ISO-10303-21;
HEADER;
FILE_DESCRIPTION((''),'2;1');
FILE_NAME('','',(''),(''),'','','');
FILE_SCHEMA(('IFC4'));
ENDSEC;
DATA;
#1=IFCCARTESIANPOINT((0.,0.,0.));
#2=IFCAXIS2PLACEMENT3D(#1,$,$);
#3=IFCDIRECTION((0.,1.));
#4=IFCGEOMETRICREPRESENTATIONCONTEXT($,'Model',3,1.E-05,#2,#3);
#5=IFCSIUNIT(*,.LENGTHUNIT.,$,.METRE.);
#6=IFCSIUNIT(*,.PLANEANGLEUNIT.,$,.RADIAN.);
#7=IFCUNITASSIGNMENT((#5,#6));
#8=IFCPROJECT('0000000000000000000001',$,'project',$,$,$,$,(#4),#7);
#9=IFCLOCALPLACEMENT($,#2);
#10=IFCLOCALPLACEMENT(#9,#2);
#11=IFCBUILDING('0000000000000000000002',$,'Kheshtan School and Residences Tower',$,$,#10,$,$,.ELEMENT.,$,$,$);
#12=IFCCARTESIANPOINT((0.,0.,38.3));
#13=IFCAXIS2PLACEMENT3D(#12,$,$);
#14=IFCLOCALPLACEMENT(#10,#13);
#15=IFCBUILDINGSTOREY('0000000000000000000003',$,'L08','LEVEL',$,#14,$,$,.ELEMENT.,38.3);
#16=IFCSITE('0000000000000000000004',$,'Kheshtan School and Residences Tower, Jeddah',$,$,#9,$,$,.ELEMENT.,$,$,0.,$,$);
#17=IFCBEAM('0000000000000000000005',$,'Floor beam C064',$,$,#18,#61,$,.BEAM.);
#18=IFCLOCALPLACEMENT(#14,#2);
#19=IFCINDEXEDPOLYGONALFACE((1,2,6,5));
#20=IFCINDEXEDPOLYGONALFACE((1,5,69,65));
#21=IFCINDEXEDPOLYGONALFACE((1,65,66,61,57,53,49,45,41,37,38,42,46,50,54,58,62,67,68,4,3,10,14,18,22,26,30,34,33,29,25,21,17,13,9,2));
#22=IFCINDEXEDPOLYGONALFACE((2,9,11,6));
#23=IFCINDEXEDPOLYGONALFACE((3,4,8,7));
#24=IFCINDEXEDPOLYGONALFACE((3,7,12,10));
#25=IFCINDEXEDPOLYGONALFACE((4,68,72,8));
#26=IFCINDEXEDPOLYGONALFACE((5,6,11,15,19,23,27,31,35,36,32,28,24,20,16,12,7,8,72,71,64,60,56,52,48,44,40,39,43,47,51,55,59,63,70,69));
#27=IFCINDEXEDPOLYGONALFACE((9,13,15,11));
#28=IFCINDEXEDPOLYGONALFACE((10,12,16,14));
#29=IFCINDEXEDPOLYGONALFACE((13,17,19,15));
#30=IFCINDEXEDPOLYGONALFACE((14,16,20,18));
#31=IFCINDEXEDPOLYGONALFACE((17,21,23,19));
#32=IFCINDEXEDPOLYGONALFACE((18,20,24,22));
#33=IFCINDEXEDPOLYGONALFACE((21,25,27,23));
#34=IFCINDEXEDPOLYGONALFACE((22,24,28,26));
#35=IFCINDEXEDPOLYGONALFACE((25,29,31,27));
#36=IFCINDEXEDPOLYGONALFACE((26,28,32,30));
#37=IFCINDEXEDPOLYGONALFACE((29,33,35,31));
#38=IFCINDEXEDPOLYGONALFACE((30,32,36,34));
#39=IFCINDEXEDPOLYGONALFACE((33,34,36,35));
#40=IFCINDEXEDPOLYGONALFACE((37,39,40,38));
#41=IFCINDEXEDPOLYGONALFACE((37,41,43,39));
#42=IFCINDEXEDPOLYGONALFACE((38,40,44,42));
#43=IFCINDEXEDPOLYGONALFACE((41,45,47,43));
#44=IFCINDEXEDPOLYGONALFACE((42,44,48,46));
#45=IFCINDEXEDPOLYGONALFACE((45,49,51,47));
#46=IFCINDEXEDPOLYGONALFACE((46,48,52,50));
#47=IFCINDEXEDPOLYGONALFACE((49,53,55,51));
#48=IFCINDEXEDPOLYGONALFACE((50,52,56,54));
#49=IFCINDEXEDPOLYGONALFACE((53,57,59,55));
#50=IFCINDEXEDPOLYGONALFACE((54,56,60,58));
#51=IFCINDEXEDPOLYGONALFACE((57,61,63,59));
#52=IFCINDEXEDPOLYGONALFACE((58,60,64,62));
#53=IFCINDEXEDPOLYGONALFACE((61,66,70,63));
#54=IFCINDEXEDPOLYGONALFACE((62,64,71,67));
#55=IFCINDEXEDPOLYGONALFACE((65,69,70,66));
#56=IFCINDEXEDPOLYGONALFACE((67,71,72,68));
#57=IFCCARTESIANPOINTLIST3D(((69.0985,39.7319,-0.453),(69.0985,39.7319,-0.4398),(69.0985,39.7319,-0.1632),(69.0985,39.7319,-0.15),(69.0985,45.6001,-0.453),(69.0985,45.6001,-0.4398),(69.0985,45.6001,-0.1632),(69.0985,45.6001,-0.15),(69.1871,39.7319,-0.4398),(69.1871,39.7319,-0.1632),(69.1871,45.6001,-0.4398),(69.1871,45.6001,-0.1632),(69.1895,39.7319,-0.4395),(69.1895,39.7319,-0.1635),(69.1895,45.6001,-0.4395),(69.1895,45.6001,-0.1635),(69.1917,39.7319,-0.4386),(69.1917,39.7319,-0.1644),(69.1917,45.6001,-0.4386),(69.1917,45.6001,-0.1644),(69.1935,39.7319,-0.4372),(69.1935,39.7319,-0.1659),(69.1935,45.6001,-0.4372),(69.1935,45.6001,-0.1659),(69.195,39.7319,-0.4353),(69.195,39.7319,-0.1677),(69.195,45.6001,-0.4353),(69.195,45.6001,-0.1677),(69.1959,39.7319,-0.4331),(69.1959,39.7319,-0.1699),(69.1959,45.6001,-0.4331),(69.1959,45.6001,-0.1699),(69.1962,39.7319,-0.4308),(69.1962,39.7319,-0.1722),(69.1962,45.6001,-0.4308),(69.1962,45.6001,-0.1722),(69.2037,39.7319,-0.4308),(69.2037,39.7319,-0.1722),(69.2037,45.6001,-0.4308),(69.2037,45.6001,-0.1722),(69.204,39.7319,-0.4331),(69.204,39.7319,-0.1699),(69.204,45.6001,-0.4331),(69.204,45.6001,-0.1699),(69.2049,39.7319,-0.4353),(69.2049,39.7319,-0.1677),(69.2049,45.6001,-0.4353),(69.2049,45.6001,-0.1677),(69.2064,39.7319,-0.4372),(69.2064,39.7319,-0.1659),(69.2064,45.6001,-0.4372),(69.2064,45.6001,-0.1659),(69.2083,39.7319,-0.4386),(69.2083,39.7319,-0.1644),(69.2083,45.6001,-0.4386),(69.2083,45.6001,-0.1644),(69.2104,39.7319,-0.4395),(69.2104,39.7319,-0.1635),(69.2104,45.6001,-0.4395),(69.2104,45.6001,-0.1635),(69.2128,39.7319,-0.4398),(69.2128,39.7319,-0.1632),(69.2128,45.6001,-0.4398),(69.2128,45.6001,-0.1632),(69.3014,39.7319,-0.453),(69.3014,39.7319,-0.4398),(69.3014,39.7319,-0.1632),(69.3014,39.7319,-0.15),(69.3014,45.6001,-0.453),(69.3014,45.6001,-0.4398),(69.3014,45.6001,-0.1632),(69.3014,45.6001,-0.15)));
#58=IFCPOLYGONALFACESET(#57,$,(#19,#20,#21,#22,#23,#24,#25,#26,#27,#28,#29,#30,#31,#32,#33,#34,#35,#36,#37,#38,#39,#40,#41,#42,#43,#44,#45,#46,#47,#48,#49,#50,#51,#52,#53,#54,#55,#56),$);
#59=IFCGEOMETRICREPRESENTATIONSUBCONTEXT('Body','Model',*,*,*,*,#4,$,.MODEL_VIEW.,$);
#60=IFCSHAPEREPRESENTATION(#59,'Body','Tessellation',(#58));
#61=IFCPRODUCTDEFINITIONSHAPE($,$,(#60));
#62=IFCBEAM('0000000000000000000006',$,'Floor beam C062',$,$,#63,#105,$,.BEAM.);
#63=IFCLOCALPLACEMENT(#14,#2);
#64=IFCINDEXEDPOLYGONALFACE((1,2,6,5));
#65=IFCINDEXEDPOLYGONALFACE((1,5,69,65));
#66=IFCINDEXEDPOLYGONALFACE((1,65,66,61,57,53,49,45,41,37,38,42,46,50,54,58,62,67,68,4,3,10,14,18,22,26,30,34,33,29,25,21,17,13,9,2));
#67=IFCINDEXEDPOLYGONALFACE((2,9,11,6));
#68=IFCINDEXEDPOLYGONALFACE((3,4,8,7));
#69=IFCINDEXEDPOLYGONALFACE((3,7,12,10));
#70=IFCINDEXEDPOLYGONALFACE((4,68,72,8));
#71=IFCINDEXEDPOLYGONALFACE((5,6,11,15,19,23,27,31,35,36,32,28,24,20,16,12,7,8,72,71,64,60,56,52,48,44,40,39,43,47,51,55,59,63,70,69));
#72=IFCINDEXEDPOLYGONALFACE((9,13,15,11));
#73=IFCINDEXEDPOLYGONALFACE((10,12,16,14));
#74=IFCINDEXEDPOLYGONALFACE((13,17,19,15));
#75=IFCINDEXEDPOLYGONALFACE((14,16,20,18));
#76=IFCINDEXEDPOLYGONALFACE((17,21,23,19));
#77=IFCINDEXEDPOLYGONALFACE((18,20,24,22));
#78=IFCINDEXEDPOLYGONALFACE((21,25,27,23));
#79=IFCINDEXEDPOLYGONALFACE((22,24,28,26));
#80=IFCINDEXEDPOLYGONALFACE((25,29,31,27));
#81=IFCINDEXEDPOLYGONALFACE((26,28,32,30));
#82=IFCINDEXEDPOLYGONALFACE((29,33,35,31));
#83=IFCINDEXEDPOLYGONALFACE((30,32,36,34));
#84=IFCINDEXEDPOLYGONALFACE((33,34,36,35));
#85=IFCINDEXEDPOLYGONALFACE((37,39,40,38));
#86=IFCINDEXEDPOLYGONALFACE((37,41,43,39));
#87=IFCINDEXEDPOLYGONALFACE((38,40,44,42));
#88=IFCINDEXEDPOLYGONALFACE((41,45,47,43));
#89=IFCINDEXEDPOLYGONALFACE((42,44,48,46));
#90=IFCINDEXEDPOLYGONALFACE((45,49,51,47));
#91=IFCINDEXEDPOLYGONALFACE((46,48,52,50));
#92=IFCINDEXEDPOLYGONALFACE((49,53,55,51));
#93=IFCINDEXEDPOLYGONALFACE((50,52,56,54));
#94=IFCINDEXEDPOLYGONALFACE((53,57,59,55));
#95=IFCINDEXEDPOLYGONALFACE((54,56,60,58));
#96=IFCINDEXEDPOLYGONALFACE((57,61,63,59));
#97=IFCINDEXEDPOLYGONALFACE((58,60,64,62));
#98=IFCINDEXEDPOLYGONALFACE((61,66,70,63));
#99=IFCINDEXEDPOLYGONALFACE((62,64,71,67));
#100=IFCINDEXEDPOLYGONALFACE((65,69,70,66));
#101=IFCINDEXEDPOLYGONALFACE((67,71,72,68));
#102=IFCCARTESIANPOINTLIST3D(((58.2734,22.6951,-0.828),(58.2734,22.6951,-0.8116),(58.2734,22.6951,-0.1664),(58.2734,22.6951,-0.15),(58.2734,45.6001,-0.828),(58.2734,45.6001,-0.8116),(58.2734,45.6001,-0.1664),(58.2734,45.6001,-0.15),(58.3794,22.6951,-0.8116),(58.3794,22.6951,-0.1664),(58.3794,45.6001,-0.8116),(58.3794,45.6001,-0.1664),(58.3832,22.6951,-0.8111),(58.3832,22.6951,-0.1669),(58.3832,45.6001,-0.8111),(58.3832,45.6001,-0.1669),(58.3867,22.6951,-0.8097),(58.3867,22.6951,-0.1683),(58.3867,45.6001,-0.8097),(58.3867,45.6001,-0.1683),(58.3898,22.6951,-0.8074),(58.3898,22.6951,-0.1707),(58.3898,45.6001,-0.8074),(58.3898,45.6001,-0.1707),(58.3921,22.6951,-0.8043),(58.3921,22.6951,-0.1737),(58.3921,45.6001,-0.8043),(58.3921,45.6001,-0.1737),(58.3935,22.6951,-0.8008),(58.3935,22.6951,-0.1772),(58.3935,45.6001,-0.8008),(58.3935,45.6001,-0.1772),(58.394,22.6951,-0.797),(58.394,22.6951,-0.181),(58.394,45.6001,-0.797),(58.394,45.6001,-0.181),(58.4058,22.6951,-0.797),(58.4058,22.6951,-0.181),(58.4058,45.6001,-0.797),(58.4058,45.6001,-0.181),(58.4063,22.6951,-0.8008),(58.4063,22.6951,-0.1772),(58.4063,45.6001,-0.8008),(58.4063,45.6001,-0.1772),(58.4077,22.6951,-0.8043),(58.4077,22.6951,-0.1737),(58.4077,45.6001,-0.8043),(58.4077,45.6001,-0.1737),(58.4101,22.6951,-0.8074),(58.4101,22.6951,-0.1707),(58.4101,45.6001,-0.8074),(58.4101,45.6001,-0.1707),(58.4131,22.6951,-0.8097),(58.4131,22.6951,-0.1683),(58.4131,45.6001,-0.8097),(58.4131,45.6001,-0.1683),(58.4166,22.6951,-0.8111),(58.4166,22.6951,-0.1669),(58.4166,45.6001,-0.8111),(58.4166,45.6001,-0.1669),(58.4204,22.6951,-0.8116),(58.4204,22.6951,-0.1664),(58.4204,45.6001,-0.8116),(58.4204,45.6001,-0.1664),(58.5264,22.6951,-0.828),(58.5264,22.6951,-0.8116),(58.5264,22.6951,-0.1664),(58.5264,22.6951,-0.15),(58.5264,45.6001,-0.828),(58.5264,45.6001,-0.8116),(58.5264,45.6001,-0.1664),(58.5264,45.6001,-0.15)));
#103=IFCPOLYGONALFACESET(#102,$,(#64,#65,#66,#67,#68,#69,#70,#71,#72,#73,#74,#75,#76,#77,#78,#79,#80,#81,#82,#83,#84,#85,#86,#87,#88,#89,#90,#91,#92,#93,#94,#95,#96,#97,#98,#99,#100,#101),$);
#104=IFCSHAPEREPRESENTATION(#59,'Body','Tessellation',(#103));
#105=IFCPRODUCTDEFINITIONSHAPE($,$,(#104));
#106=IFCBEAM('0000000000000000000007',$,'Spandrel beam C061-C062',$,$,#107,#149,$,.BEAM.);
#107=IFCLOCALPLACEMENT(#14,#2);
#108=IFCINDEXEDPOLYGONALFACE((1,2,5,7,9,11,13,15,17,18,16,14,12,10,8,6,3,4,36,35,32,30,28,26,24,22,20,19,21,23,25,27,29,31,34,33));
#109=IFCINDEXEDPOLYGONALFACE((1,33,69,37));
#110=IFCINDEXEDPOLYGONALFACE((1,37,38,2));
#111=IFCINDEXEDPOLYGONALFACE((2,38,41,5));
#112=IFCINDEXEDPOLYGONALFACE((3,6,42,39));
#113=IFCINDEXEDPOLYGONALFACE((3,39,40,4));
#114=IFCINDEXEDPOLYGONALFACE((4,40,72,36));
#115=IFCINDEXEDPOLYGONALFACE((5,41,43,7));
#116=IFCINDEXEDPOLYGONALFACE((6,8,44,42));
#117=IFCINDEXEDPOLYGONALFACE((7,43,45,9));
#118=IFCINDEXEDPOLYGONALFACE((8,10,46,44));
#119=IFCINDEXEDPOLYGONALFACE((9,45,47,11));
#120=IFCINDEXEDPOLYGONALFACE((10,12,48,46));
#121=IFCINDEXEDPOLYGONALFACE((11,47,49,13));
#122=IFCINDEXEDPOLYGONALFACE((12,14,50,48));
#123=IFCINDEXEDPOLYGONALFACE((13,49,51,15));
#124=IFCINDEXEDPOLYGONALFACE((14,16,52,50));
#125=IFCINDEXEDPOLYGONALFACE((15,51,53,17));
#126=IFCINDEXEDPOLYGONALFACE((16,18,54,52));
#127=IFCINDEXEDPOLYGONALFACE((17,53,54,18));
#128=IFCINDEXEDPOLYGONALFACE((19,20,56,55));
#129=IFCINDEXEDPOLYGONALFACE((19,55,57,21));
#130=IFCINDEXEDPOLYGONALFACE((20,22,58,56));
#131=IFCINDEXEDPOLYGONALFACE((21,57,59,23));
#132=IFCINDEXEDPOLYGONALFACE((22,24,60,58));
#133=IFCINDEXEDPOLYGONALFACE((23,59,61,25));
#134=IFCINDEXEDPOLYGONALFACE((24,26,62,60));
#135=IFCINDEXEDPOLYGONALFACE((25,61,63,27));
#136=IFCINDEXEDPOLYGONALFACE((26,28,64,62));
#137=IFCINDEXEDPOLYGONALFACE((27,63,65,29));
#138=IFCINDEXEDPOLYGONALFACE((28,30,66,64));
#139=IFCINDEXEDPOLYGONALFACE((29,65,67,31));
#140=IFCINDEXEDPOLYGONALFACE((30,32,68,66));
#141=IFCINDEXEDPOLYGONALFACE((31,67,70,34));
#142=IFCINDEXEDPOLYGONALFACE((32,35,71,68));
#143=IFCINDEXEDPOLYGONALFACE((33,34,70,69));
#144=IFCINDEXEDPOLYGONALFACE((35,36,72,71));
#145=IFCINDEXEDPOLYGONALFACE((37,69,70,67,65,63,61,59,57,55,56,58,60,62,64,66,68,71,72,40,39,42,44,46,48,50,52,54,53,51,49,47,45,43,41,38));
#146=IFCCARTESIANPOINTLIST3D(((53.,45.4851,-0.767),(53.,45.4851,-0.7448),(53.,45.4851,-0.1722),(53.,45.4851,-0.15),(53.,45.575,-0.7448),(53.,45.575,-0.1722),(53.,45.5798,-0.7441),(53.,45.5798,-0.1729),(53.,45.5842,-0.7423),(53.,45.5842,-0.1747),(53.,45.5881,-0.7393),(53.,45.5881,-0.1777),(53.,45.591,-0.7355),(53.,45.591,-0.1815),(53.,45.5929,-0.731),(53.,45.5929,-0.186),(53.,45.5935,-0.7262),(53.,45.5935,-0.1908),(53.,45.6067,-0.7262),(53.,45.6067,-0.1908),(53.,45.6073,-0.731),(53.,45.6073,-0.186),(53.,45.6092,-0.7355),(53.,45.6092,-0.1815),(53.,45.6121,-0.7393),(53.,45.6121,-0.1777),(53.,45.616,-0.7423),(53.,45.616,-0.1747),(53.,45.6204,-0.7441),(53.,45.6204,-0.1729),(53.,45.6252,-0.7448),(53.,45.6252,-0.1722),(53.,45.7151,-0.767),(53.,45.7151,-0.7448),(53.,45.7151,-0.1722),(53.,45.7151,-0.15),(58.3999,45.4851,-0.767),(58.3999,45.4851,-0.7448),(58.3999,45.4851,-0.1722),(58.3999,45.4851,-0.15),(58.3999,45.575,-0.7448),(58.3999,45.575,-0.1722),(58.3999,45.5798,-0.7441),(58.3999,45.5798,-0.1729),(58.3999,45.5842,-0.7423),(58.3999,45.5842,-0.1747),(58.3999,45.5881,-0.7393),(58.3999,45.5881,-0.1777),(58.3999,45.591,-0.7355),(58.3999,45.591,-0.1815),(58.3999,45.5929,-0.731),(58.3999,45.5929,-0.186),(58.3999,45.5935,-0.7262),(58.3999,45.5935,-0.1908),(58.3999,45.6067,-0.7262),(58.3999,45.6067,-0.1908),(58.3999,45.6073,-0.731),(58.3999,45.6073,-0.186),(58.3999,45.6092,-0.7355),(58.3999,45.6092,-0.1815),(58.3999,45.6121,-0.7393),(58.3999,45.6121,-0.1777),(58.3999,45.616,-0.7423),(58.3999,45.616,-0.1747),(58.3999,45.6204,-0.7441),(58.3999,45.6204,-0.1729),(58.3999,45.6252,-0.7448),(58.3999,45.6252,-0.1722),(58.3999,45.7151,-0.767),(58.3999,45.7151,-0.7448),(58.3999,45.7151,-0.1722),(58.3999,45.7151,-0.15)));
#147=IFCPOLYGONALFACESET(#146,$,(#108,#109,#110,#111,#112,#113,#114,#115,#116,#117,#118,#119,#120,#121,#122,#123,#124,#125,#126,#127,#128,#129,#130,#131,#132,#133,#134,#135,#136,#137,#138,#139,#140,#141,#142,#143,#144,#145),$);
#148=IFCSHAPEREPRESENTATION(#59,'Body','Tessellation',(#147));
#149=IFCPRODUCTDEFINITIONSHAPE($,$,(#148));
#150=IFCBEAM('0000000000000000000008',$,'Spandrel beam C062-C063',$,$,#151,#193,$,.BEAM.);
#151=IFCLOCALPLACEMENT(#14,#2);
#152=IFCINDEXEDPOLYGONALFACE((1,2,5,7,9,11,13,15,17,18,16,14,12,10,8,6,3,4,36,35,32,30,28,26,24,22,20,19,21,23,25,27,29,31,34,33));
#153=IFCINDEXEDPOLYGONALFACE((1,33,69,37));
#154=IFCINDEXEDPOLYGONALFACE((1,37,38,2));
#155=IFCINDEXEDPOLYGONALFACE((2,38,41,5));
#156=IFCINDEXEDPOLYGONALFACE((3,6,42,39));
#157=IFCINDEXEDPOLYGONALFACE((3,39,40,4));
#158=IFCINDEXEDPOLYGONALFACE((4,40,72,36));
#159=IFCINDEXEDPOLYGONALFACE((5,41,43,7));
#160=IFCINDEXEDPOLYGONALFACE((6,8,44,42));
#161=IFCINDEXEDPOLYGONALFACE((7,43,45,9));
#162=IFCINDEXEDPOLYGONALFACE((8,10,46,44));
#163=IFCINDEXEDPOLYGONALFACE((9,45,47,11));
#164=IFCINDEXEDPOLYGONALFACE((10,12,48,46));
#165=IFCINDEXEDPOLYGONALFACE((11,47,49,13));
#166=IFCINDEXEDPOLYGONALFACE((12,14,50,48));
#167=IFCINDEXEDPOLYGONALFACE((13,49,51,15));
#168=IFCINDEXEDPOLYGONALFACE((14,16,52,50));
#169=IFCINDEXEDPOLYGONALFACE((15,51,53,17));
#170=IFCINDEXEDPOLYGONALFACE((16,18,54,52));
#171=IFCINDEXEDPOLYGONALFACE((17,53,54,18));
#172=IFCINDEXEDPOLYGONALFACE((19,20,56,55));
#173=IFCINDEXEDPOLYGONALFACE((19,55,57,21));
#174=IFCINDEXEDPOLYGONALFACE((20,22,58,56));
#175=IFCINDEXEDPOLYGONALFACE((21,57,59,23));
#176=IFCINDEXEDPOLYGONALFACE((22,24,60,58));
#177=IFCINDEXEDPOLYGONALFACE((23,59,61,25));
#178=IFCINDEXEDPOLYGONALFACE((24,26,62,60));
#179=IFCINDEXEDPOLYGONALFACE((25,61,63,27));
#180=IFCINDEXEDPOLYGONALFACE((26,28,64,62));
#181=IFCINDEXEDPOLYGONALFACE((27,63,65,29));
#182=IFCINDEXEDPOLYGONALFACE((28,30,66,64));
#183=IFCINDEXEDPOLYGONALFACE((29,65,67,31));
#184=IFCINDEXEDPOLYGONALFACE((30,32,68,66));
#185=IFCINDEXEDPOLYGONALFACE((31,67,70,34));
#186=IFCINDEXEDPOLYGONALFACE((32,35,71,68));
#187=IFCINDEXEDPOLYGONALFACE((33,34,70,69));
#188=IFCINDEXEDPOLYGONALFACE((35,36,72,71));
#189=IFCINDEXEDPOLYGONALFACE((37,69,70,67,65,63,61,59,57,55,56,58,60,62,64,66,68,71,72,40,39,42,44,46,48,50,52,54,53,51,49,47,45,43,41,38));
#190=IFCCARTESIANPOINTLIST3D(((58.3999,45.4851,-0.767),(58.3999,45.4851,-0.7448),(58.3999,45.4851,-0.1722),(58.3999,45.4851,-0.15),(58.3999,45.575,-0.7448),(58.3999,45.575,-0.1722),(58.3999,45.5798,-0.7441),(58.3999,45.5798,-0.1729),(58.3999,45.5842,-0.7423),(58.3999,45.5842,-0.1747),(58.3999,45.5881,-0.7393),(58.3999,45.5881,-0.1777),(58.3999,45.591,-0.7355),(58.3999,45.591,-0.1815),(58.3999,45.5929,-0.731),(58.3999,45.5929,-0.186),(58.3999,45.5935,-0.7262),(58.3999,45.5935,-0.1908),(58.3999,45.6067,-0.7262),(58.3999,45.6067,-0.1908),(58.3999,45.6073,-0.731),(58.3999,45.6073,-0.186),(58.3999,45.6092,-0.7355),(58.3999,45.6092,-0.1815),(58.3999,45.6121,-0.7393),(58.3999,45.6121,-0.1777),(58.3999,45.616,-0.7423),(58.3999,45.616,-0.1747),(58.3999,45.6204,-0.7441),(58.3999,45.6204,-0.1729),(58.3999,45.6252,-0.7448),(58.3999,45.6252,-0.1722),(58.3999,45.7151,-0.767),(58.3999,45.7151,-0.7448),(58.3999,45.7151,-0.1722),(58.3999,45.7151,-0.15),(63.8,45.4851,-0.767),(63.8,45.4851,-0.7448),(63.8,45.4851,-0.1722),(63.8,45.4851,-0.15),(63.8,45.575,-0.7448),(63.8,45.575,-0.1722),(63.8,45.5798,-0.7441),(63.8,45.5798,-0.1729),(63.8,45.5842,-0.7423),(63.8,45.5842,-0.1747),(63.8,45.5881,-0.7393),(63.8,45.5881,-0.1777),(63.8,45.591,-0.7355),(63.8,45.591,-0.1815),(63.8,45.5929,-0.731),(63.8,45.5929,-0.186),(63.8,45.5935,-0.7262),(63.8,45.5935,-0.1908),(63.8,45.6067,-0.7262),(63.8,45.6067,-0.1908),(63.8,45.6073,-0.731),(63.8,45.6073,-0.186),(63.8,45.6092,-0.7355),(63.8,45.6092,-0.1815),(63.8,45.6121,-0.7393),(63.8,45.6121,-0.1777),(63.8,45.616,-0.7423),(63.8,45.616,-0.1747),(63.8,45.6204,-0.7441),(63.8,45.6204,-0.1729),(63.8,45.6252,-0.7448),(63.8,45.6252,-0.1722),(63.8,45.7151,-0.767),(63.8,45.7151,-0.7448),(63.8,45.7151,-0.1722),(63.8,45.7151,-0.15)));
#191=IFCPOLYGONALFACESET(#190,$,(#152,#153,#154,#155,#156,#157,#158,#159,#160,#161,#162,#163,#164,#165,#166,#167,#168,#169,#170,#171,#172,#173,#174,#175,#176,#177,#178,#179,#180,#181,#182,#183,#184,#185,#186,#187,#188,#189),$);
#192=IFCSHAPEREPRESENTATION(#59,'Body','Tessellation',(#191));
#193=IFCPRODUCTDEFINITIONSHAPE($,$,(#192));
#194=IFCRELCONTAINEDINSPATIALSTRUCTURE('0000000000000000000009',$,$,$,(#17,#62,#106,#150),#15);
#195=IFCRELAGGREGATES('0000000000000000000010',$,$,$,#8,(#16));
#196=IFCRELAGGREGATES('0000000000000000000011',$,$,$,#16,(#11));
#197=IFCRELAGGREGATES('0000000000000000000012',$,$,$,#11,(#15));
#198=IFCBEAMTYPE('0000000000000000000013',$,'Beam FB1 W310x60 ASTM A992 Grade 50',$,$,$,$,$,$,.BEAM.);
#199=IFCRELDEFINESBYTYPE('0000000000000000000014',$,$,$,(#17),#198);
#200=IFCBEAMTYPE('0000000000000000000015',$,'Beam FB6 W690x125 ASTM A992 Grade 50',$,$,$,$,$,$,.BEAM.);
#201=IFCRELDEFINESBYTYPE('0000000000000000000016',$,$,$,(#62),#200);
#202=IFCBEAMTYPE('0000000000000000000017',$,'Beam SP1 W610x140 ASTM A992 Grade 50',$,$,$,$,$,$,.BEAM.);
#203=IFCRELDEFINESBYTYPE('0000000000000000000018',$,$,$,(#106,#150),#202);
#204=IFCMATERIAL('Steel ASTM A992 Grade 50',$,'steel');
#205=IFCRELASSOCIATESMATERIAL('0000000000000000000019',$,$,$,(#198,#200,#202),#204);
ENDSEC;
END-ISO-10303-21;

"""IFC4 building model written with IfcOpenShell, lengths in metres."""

from ifc_helpers import new_model, si_unit, direction, frame, origin, origin_2d, place, context, subcontext, project, spatial, i_section, extrude, material, material_profile, profile_set, type_object, element, save


model = new_model("IFC4")

# Units and contexts
model_context = context("Model", 3, precision=1e-05, world=origin(), true_north=direction((0.0, 1.0)))
body_context = subcontext(model_context, "Body", "Model", "MODEL_VIEW")
ifc_project = project(units=[si_unit("LENGTHUNIT", "METRE"), si_unit("PLANEANGLEUNIT", "RADIAN")], contexts=[model_context])

# Site, building, storey
site_placement = place(None, origin())
site = spatial("IfcSite", under=ifc_project, at=site_placement, Name="Kheshtan School and Residences Tower, Jeddah", CompositionType="ELEMENT", RefElevation=0.0)
building_placement = place(site_placement, origin())
building = spatial("IfcBuilding", under=site, at=building_placement, Name="Kheshtan School and Residences Tower", CompositionType="ELEMENT")
storey_placement = place(building_placement, frame((0.0, 0.0, 38.3)))
storey = spatial("IfcBuildingStorey", under=building, at=storey_placement, Name="L08", Description="LEVEL", CompositionType="ELEMENT", Elevation=38.3)

# Shared definitions
ifc_material_1 = material(Name="Steel ASTM A992 Grade 50", Category="steel")

# Beams
ifc_material_profile_1 = material_profile(ifc_material_1, i_section(OverallWidth=0.2029, OverallDepth=0.303, WebThickness=0.0076, FlangeThickness=0.0132, FilletRadius=0.009, at=origin_2d()), Name="W310x60")
ifc_profile_set_1 = profile_set([ifc_material_profile_1], Name="Steel ASTM A992 Grade 50")
beam_type_1 = type_object("IfcBeamType", Name="Beam FB1 W310x60 ASTM A992 Grade 50", PredefinedType="BEAM", material=ifc_profile_set_1)
beam_1_placement = place(storey_placement, frame((69.2, 45.6001, -0.3015), z_axis=(0.0, -1.0, 0.0), x_axis=(1.0, 0.0, 0.0)))
element("IfcBeam", 1, at=beam_1_placement, inside=storey, type_object=beam_type_1, Name="Floor beam C064", PredefinedType="BEAM", context=body_context, shape_type="SweptSolid", body=[
    extrude(i_section(OverallWidth=0.2029, OverallDepth=0.303, WebThickness=0.0076, FlangeThickness=0.0132, FilletRadius=0.009, at=origin_2d()), origin(), (0.0, 0.0, 1.0), 5.8682),
])
ifc_material_profile_2 = material_profile(ifc_material_1, i_section(OverallWidth=0.2529, OverallDepth=0.678, WebThickness=0.0117, FlangeThickness=0.0164, FilletRadius=0.0146, at=origin_2d()), Name="W690x125")
ifc_profile_set_2 = profile_set([ifc_material_profile_2], Name="Steel ASTM A992 Grade 50")
beam_type_2 = type_object("IfcBeamType", Name="Beam FB6 W690x125 ASTM A992 Grade 50", PredefinedType="BEAM", material=ifc_profile_set_2)
beam_2_placement = place(storey_placement, frame((58.3999, 45.6001, -0.489), z_axis=(0.0, -1.0, 0.0), x_axis=(1.0, 0.0, 0.0)))
element("IfcBeam", 2, at=beam_2_placement, inside=storey, type_object=beam_type_2, Name="Floor beam C062", PredefinedType="BEAM", context=body_context, shape_type="SweptSolid", body=[
    extrude(i_section(OverallWidth=0.2529, OverallDepth=0.678, WebThickness=0.0117, FlangeThickness=0.0164, FilletRadius=0.0146, at=origin_2d()), origin(), (0.0, 0.0, 1.0), 22.905),
])
ifc_material_profile_3 = material_profile(ifc_material_1, i_section(OverallWidth=0.23, OverallDepth=0.6169, WebThickness=0.0132, FlangeThickness=0.0222, FilletRadius=0.0186, at=origin_2d()), Name="W610x140")
ifc_profile_set_3 = profile_set([ifc_material_profile_3], Name="Steel ASTM A992 Grade 50")
beam_type_3 = type_object("IfcBeamType", Name="Beam SP1 W610x140 ASTM A992 Grade 50", PredefinedType="BEAM", material=ifc_profile_set_3)
beam_3_placement = place(storey_placement, frame((53.0, 45.6001, -0.4585), z_axis=(1.0, 0.0, 0.0), x_axis=(0.0, 1.0, 0.0)))
element("IfcBeam", 3, at=beam_3_placement, inside=storey, type_object=beam_type_3, Name="Spandrel beam C061-C062", PredefinedType="BEAM", context=body_context, shape_type="SweptSolid", body=[
    extrude(i_section(OverallWidth=0.23, OverallDepth=0.6169, WebThickness=0.0132, FlangeThickness=0.0222, FilletRadius=0.0186, at=origin_2d()), origin(), (0.0, 0.0, 1.0), 5.3999),
])
beam_4_placement = place(storey_placement, frame((58.3999, 45.6001, -0.4585), z_axis=(1.0, 0.0, 0.0), x_axis=(0.0, 1.0, 0.0)))
element("IfcBeam", 4, at=beam_4_placement, inside=storey, type_object=beam_type_3, Name="Spandrel beam C062-C063", PredefinedType="BEAM", context=body_context, shape_type="SweptSolid", body=[
    extrude(i_section(OverallWidth=0.23, OverallDepth=0.6169, WebThickness=0.0132, FlangeThickness=0.0222, FilletRadius=0.0186, at=origin_2d()), origin(), (0.0, 0.0, 1.0), 5.4001),
])

save(model, "model.ifc")
